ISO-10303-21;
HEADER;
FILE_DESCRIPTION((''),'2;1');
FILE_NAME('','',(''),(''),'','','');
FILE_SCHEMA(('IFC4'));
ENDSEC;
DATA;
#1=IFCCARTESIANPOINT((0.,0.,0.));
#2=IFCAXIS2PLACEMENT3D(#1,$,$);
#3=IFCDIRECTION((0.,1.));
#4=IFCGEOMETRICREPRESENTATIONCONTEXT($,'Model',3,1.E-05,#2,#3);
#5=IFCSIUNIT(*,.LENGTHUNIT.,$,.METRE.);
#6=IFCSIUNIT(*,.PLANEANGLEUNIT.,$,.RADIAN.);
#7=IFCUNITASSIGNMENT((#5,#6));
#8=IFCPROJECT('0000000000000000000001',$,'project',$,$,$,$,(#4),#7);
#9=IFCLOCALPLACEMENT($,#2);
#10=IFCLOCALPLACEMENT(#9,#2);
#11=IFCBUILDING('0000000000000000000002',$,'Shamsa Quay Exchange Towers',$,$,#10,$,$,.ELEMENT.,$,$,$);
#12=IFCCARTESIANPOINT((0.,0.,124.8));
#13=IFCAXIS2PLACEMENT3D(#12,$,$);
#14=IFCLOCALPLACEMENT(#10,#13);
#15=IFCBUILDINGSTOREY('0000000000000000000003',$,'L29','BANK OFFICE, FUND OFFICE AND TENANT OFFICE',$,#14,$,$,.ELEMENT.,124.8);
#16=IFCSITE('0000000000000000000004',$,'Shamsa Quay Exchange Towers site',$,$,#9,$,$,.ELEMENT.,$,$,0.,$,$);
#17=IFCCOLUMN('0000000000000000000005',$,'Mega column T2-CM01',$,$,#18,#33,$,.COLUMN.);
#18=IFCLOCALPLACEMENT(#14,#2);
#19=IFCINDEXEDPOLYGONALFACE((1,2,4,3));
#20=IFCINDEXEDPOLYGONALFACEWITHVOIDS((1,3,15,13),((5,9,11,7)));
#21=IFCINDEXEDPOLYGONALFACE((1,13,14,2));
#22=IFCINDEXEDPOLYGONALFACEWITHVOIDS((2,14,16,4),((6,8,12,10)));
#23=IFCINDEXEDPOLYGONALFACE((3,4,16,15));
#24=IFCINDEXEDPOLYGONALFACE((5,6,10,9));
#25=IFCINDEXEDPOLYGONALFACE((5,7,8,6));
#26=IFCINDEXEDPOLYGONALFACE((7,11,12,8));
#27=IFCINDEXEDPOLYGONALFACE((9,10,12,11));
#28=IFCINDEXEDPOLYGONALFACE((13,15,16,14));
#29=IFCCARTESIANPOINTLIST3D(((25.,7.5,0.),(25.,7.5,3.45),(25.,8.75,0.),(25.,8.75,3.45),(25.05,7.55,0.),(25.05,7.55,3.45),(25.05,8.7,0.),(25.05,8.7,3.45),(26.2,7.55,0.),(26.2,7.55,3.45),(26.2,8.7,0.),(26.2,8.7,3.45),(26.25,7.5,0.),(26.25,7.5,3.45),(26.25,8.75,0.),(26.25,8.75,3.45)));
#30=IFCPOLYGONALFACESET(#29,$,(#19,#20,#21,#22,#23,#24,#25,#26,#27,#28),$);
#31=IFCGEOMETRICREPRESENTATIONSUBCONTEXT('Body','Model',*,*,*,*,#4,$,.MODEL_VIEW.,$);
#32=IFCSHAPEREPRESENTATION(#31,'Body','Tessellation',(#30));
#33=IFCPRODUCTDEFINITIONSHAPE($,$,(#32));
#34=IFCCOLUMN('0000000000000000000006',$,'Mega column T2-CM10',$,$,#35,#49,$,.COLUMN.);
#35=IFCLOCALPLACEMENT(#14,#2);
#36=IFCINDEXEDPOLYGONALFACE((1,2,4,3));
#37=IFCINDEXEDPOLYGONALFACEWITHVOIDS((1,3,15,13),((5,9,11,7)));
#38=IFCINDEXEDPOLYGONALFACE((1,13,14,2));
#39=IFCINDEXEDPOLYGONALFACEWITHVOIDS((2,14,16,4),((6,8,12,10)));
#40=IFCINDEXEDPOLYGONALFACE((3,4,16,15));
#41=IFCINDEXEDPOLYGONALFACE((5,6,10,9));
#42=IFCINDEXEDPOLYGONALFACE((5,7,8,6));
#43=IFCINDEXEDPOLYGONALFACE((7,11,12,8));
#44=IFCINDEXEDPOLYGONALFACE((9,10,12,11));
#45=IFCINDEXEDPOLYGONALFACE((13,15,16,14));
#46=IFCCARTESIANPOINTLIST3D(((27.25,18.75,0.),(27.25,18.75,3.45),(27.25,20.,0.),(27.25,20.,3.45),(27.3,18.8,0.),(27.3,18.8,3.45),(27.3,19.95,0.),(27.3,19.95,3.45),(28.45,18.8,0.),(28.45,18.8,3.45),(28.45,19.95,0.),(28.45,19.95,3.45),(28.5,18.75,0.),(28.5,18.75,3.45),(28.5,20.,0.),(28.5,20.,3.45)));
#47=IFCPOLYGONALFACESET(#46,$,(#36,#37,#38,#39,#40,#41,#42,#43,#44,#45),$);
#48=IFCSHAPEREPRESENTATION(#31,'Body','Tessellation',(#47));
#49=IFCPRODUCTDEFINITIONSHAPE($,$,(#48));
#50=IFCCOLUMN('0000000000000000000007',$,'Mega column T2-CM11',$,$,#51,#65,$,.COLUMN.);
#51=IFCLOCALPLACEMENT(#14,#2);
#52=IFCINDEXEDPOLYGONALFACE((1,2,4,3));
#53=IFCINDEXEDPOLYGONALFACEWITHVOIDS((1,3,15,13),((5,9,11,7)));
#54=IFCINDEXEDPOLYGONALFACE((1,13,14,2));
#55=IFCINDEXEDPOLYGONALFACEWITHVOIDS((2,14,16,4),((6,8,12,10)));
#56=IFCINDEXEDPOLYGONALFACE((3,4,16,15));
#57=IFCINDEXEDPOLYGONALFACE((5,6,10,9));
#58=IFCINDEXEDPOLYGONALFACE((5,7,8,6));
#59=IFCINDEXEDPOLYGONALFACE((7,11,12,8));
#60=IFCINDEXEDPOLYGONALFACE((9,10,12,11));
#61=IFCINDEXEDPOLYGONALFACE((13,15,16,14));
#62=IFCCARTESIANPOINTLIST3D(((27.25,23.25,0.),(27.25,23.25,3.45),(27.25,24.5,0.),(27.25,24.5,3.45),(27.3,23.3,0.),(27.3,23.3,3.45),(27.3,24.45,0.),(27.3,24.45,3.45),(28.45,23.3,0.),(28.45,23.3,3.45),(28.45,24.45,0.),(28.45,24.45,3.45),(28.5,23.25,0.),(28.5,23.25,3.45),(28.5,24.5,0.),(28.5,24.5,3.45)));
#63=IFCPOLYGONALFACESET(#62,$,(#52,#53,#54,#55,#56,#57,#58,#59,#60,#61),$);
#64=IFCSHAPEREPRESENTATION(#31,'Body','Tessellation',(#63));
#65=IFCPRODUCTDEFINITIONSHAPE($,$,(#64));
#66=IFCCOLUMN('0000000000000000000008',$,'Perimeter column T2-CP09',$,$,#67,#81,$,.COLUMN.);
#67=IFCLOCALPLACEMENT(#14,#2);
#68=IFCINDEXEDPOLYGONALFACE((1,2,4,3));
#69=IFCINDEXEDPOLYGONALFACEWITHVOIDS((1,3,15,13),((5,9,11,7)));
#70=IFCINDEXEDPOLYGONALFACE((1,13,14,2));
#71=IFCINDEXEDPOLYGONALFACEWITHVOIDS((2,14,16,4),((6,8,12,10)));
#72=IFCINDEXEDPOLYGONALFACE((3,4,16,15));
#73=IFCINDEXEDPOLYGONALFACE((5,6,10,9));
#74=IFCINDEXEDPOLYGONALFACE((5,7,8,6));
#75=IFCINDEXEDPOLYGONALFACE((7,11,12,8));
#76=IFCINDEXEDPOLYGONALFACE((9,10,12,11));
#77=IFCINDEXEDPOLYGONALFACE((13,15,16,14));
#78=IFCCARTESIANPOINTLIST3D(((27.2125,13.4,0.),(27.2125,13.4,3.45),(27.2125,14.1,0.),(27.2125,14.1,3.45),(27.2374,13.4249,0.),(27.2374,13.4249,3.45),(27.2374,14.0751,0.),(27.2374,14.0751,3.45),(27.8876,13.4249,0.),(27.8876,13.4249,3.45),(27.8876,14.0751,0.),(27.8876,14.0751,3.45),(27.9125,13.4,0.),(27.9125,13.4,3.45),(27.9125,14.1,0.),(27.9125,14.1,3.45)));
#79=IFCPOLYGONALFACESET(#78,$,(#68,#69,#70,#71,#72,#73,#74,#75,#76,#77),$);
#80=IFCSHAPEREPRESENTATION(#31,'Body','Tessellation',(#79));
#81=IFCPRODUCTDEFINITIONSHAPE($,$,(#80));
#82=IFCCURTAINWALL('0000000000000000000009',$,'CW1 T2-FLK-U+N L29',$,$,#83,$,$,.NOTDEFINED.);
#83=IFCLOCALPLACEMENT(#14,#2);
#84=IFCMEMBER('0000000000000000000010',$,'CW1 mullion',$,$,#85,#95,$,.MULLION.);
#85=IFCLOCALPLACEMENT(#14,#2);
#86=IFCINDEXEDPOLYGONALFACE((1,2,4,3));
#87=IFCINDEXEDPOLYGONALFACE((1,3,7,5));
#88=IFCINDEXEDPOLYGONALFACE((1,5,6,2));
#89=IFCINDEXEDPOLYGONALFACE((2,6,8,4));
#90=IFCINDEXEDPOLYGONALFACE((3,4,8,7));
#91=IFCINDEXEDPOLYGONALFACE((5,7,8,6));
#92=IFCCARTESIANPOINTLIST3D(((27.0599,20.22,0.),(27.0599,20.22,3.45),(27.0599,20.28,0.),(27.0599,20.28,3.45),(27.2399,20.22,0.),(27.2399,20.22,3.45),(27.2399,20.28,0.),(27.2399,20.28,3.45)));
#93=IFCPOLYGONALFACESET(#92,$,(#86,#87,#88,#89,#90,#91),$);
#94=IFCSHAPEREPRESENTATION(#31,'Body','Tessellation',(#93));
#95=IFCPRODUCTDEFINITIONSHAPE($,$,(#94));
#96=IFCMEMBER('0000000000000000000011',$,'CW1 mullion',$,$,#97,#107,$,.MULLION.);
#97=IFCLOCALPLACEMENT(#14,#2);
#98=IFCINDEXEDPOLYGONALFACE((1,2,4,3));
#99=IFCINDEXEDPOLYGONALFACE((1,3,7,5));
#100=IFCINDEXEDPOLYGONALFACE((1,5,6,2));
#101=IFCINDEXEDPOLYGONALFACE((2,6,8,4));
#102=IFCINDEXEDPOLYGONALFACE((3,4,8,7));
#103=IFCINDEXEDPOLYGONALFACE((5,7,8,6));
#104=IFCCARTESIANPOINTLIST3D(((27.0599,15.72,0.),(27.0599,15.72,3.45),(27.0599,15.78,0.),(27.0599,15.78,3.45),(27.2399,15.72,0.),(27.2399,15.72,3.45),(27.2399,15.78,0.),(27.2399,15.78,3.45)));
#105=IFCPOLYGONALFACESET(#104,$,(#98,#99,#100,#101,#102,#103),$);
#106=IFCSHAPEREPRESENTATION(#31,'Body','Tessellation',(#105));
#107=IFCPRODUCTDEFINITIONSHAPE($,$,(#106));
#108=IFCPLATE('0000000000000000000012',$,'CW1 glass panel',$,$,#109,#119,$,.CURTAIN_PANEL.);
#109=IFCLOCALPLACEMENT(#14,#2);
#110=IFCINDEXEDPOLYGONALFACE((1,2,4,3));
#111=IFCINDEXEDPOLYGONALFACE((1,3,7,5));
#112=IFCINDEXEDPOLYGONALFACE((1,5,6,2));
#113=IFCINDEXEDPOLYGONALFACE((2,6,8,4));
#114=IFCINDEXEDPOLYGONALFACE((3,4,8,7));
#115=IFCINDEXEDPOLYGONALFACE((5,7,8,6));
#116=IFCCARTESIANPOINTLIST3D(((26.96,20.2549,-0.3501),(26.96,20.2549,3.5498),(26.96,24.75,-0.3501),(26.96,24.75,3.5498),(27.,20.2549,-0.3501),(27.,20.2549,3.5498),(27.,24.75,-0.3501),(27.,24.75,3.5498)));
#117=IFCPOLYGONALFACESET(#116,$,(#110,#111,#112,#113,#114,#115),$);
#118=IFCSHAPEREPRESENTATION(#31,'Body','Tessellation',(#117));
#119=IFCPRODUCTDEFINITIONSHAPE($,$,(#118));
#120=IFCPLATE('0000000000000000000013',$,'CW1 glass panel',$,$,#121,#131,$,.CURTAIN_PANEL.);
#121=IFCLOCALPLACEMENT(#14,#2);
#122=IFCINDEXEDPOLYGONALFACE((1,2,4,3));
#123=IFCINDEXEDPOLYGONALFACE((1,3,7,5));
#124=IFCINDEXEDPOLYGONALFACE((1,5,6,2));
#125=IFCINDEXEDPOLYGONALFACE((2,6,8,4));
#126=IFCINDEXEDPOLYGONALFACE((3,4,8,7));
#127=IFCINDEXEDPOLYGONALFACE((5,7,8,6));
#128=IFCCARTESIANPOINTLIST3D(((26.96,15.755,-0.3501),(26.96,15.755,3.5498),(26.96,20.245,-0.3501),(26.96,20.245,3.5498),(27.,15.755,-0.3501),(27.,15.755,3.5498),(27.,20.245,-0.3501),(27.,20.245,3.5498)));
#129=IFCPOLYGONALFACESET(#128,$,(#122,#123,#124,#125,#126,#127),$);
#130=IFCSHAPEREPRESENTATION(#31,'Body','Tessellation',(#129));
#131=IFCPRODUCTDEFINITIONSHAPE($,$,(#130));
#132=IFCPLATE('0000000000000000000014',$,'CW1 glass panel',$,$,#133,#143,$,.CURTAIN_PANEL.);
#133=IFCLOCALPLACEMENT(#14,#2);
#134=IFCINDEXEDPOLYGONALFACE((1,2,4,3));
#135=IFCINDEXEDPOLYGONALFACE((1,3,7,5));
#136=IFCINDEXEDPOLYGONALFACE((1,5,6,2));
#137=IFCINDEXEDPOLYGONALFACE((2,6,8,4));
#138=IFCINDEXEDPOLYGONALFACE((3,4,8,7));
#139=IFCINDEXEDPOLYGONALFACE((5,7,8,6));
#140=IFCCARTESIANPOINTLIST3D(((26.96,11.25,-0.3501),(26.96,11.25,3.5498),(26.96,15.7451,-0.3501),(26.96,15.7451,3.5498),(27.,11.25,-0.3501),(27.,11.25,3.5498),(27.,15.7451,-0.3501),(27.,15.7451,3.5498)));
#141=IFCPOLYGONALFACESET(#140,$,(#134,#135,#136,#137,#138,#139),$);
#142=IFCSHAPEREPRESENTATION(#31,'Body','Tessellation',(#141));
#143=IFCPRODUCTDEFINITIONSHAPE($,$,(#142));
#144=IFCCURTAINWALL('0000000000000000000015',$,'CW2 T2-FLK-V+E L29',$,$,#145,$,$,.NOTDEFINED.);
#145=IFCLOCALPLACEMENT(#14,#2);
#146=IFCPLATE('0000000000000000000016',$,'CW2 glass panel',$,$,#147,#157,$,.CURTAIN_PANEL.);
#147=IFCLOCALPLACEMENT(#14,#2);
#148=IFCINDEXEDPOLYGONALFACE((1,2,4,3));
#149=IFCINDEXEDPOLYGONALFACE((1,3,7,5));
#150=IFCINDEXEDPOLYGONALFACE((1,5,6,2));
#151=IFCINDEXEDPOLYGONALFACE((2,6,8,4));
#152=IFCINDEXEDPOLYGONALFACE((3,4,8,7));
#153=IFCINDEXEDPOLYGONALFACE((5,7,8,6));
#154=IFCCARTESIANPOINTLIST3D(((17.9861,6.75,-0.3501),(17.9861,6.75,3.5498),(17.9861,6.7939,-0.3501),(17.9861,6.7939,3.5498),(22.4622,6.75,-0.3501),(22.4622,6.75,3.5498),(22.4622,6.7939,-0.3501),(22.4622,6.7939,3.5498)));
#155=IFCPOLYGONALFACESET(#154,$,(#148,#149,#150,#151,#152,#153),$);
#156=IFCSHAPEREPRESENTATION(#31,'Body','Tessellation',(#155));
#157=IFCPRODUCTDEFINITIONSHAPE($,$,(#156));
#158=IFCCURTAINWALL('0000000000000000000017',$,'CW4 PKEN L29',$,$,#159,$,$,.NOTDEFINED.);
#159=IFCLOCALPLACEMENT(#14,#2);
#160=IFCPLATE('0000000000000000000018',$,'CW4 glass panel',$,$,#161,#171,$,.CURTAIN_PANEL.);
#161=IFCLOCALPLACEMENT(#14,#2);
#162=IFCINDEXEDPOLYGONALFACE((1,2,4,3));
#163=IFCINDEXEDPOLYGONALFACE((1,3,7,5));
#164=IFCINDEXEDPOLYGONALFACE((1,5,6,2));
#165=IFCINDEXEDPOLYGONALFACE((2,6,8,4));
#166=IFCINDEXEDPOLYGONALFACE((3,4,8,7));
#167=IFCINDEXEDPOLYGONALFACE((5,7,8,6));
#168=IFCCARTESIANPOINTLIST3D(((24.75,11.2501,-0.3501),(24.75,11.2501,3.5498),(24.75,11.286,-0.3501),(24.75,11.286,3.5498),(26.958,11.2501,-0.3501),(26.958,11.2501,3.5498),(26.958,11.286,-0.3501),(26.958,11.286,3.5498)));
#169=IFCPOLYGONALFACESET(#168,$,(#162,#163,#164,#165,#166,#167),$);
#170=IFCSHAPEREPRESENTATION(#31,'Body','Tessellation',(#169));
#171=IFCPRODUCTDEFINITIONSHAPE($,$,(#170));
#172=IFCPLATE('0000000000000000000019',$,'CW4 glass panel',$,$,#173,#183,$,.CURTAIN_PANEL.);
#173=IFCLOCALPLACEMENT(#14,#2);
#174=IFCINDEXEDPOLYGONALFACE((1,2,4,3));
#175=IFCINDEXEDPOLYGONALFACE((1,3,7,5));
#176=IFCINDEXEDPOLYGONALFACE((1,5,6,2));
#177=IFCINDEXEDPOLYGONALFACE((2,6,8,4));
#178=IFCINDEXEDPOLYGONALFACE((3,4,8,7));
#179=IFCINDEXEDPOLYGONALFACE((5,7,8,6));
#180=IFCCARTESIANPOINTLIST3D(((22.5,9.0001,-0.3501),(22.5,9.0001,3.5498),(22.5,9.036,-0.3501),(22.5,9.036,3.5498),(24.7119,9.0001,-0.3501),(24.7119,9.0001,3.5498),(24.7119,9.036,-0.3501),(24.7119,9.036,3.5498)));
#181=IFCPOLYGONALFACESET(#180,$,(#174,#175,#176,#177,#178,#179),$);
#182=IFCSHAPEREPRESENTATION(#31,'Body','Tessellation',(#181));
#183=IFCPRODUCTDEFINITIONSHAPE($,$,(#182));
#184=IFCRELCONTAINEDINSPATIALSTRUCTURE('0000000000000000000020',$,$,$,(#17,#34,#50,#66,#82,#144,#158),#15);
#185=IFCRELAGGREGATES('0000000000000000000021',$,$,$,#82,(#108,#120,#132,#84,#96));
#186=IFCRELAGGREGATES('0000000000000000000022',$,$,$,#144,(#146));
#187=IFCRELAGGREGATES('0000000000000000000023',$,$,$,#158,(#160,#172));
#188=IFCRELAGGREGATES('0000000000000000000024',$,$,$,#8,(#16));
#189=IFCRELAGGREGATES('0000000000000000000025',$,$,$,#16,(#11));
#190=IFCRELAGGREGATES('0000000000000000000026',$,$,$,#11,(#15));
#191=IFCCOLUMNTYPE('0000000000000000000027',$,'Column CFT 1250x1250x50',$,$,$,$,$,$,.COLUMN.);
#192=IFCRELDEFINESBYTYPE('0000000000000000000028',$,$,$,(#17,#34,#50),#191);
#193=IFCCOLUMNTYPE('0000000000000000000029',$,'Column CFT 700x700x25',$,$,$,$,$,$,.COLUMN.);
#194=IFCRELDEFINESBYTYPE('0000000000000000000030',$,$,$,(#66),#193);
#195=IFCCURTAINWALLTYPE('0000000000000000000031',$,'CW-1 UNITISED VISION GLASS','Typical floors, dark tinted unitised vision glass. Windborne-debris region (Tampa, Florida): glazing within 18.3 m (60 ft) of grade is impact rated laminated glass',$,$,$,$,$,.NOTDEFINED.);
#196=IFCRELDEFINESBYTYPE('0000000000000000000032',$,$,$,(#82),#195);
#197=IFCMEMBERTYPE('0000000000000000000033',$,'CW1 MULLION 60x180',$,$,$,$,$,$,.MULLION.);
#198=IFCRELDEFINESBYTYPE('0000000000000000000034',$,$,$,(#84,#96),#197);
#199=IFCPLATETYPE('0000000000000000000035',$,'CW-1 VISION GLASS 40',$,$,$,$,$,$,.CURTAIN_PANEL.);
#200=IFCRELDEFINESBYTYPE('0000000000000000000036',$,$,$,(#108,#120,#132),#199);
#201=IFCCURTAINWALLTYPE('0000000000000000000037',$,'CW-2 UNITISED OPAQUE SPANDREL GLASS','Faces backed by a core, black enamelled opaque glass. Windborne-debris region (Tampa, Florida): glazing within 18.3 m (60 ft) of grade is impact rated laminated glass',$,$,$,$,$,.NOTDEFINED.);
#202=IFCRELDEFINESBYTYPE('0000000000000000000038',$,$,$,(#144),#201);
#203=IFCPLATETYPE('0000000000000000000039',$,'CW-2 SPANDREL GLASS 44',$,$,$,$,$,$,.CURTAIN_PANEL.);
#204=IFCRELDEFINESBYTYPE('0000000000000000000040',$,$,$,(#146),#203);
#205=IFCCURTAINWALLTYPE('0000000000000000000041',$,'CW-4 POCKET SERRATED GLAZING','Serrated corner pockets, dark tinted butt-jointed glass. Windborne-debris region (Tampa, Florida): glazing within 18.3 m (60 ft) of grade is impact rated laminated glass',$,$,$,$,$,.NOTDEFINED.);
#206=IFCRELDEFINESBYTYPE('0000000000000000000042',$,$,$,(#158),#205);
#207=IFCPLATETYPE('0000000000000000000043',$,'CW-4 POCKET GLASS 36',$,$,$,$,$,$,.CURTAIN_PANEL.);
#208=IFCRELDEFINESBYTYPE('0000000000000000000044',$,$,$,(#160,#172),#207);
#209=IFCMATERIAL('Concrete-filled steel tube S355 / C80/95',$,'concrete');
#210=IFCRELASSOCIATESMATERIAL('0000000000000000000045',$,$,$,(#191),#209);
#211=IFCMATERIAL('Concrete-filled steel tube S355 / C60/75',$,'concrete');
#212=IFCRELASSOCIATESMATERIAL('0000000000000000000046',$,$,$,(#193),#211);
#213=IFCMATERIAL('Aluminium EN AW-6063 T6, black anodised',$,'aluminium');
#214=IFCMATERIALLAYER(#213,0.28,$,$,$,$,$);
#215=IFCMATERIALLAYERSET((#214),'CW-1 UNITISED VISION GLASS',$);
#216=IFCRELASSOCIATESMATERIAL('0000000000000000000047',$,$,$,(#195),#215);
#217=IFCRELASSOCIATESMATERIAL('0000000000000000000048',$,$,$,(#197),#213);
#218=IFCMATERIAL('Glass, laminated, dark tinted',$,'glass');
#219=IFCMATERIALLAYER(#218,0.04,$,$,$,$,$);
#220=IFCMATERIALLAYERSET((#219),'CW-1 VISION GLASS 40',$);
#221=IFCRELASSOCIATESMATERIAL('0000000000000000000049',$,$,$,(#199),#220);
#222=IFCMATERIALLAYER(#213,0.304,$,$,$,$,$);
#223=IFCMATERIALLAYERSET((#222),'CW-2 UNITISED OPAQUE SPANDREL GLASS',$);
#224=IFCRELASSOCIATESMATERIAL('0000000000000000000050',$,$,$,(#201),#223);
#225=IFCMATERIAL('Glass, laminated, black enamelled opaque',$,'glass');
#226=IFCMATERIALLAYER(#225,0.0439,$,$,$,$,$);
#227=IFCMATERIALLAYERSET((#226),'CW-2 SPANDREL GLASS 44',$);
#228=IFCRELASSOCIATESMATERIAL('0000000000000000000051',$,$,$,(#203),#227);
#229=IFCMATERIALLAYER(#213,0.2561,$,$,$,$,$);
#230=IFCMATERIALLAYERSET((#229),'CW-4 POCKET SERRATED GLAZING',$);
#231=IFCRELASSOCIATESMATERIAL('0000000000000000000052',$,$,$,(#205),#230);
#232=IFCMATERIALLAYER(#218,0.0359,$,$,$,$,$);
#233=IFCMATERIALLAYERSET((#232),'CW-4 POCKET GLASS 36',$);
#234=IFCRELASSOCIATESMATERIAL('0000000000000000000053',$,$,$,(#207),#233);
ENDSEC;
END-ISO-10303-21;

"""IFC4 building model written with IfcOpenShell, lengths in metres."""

from ifc_helpers import new_model, si_unit, direction, frame, origin, origin_2d, place, context, subcontext, project, spatial, rectangle, hollow_rectangle, extrude, material, layer, layer_set, material_profile, profile_set, type_object, element, aggregate, save


model = new_model("IFC4")

# Units and contexts
model_context = context("Model", 3, precision=1e-05, world=origin(), true_north=direction((0.0, 1.0)))
body_context = subcontext(model_context, "Body", "Model", "MODEL_VIEW")
ifc_project = project(units=[si_unit("LENGTHUNIT", "METRE"), si_unit("PLANEANGLEUNIT", "RADIAN")], contexts=[model_context])

# Site, building, storey
site_placement = place(None, origin())
site = spatial("IfcSite", under=ifc_project, at=site_placement, Name="Shamsa Quay Exchange Towers site", CompositionType="ELEMENT", RefElevation=0.0)
building_placement = place(site_placement, origin())
building = spatial("IfcBuilding", under=site, at=building_placement, Name="Shamsa Quay Exchange Towers", CompositionType="ELEMENT")
storey_placement = place(building_placement, frame((0.0, 0.0, 124.8)))
storey = spatial("IfcBuildingStorey", under=building, at=storey_placement, Name="L29", Description="BANK OFFICE, FUND OFFICE AND TENANT OFFICE", CompositionType="ELEMENT", Elevation=124.8)

# Columns
ifc_material_1 = material(Name="Concrete-filled steel tube S355 / C80/95", Category="concrete")
ifc_material_profile_1 = material_profile(ifc_material_1, hollow_rectangle(XDim=1.25, YDim=1.25, WallThickness=0.05, at=origin_2d()), Name="CFT 1250x1250x50")
ifc_profile_set_1 = profile_set([ifc_material_profile_1], Name="Concrete-filled steel tube S355 / C80/95")
column_type_1 = type_object("IfcColumnType", Name="Column CFT 1250x1250x50", PredefinedType="COLUMN", material=ifc_profile_set_1)
for number, where, name in (
    (1, (25.625, 8.125, 0.0), "Mega column T2-CM01"),
    (2, (27.875, 19.375, 0.0), "Mega column T2-CM10"),
    (3, (27.875, 23.875, 0.0), "Mega column T2-CM11"),
):
    element("IfcColumn", number, at=place(storey_placement, frame(where)), inside=storey, type_object=column_type_1, Name=name, PredefinedType="COLUMN", context=body_context, shape_type="SweptSolid", body=[
        extrude(hollow_rectangle(XDim=1.25, YDim=1.25, WallThickness=0.05, at=origin_2d()), origin(), (0.0, 0.0, 1.0), 3.45),
    ])
ifc_material_2 = material(Name="Concrete-filled steel tube S355 / C60/75", Category="concrete")
ifc_material_profile_2 = material_profile(ifc_material_2, hollow_rectangle(XDim=0.7, YDim=0.7, WallThickness=0.0249, at=origin_2d()), Name="CFT 700x700x25")
ifc_profile_set_2 = profile_set([ifc_material_profile_2], Name="Concrete-filled steel tube S355 / C60/75")
column_type_2 = type_object("IfcColumnType", Name="Column CFT 700x700x25", PredefinedType="COLUMN", material=ifc_profile_set_2)
column_placement = place(storey_placement, frame((27.5625, 13.75, 0.0)))
element("IfcColumn", 4, at=column_placement, inside=storey, type_object=column_type_2, Name="Perimeter column T2-CP09", PredefinedType="COLUMN", context=body_context, shape_type="SweptSolid", body=[
    extrude(hollow_rectangle(XDim=0.7, YDim=0.7, WallThickness=0.0249, at=origin_2d()), origin(), (0.0, 0.0, 1.0), 3.45),
])

# Curtain wall, members, plates
ifc_material_3 = material(Name="Aluminium EN AW-6063 T6, black anodised", Category="aluminium")
ifc_layer_1 = layer(ifc_material_3, 0.28)
ifc_layer_set_1 = layer_set([ifc_layer_1], Name="CW-1 UNITISED VISION GLASS")
curtain_wall_type_1 = type_object("IfcCurtainWallType", Name="CW-1 UNITISED VISION GLASS", Description="Typical floors, dark tinted unitised vision glass. Windborne-debris region (Tampa, Florida): glazing within 18.3 m (60 ft) of grade is impact rated laminated glass", PredefinedType="NOTDEFINED", material=ifc_layer_set_1)
curtain_wall_1_placement = place(storey_placement, origin())
curtain_wall_1 = element("IfcCurtainWall", 5, at=curtain_wall_1_placement, inside=storey, type_object=curtain_wall_type_1, Name="CW1 T2-FLK-U+N L29", PredefinedType="NOTDEFINED")
ifc_material_profile_3 = material_profile(ifc_material_3, rectangle(XDim=0.1799, YDim=0.0601, at=origin_2d()), Name="MU60x180")
ifc_profile_set_3 = profile_set([ifc_material_profile_3], Name="Aluminium EN AW-6063 T6, black anodised")
member_type = type_object("IfcMemberType", Name="CW1 MULLION 60x180", PredefinedType="MULLION", material=ifc_profile_set_3)
member_1_placement = place(storey_placement, frame((27.1499, 20.25, 0.0)))
member_1 = element("IfcMember", 6, at=member_1_placement, type_object=member_type, Name="CW1 mullion", PredefinedType="MULLION", context=body_context, shape_type="SweptSolid", body=[
    extrude(rectangle(XDim=0.1799, YDim=0.0601, at=origin_2d()), origin(), (0.0, 0.0, 1.0), 3.45),
])
member_2_placement = place(storey_placement, frame((27.1499, 15.75, 0.0)))
member_2 = element("IfcMember", 7, at=member_2_placement, type_object=member_type, Name="CW1 mullion", PredefinedType="MULLION", context=body_context, shape_type="SweptSolid", body=[
    extrude(rectangle(XDim=0.1799, YDim=0.0601, at=origin_2d()), origin(), (0.0, 0.0, 1.0), 3.45),
])
ifc_material_4 = material(Name="Glass, laminated, dark tinted", Category="glass")
ifc_layer_2 = layer(ifc_material_4, 0.04)
ifc_layer_set_2 = layer_set([ifc_layer_2], Name="CW-1 VISION GLASS 40")
plate_type_1 = type_object("IfcPlateType", Name="CW-1 VISION GLASS 40", PredefinedType="CURTAIN_PANEL", material=ifc_layer_set_2)
plate_1_placement = place(storey_placement, frame((26.98, 22.5024, -0.3501), z_axis=(0.0, 0.0, 1.0), x_axis=(0.0, -1.0, 0.0)))
plate_1 = element("IfcPlate", 8, at=plate_1_placement, type_object=plate_type_1, Name="CW1 glass panel", PredefinedType="CURTAIN_PANEL", context=body_context, shape_type="SweptSolid", body=[
    extrude(rectangle(XDim=4.4951, YDim=0.04, at=origin_2d()), origin(), (0.0, 0.0, 1.0), 3.8999),
])
plate_2_placement = place(storey_placement, frame((26.98, 18.0, -0.3501), z_axis=(0.0, 0.0, 1.0), x_axis=(0.0, -1.0, 0.0)))
plate_2 = element("IfcPlate", 9, at=plate_2_placement, type_object=plate_type_1, Name="CW1 glass panel", PredefinedType="CURTAIN_PANEL", context=body_context, shape_type="SweptSolid", body=[
    extrude(rectangle(XDim=4.49, YDim=0.04, at=origin_2d()), origin(), (0.0, 0.0, 1.0), 3.8999),
])
plate_3_placement = place(storey_placement, frame((26.98, 13.4976, -0.3501), z_axis=(0.0, 0.0, 1.0), x_axis=(0.0, -1.0, 0.0)))
plate_3 = element("IfcPlate", 10, at=plate_3_placement, type_object=plate_type_1, Name="CW1 glass panel", PredefinedType="CURTAIN_PANEL", context=body_context, shape_type="SweptSolid", body=[
    extrude(rectangle(XDim=4.4951, YDim=0.04, at=origin_2d()), origin(), (0.0, 0.0, 1.0), 3.8999),
])
aggregate(curtain_wall_1, [plate_1, plate_2, plate_3, member_1, member_2])

# Curtain wall, plate
ifc_layer_3 = layer(ifc_material_3, 0.304)
ifc_layer_set_3 = layer_set([ifc_layer_3], Name="CW-2 UNITISED OPAQUE SPANDREL GLASS")
curtain_wall_type_2 = type_object("IfcCurtainWallType", Name="CW-2 UNITISED OPAQUE SPANDREL GLASS", Description="Faces backed by a core, black enamelled opaque glass. Windborne-debris region (Tampa, Florida): glazing within 18.3 m (60 ft) of grade is impact rated laminated glass", PredefinedType="NOTDEFINED", material=ifc_layer_set_3)
curtain_wall_2_placement = place(storey_placement, origin())
curtain_wall_2 = element("IfcCurtainWall", 11, at=curtain_wall_2_placement, inside=storey, type_object=curtain_wall_type_2, Name="CW2 T2-FLK-V+E L29", PredefinedType="NOTDEFINED")
ifc_material_5 = material(Name="Glass, laminated, black enamelled opaque", Category="glass")
ifc_layer_4 = layer(ifc_material_5, 0.0439)
ifc_layer_set_4 = layer_set([ifc_layer_4], Name="CW-2 SPANDREL GLASS 44")
plate_type_2 = type_object("IfcPlateType", Name="CW-2 SPANDREL GLASS 44", PredefinedType="CURTAIN_PANEL", material=ifc_layer_set_4)
plate_4_placement = place(storey_placement, frame((20.2241, 6.772, -0.3501), z_axis=(0.0, 0.0, 1.0), x_axis=(-1.0, 0.0, 0.0)))
plate_4 = element("IfcPlate", 12, at=plate_4_placement, type_object=plate_type_2, Name="CW2 glass panel", PredefinedType="CURTAIN_PANEL", context=body_context, shape_type="SweptSolid", body=[
    extrude(rectangle(XDim=4.4761, YDim=0.0439, at=origin_2d()), origin(), (0.0, 0.0, 1.0), 3.8999),
])
aggregate(curtain_wall_2, [plate_4])

# Curtain wall, plates
ifc_layer_5 = layer(ifc_material_3, 0.2561)
ifc_layer_set_5 = layer_set([ifc_layer_5], Name="CW-4 POCKET SERRATED GLAZING")
curtain_wall_type_3 = type_object("IfcCurtainWallType", Name="CW-4 POCKET SERRATED GLAZING", Description="Serrated corner pockets, dark tinted butt-jointed glass. Windborne-debris region (Tampa, Florida): glazing within 18.3 m (60 ft) of grade is impact rated laminated glass", PredefinedType="NOTDEFINED", material=ifc_layer_set_5)
curtain_wall_3_placement = place(storey_placement, origin())
curtain_wall_3 = element("IfcCurtainWall", 13, at=curtain_wall_3_placement, inside=storey, type_object=curtain_wall_type_3, Name="CW4 PKEN L29", PredefinedType="NOTDEFINED")
ifc_layer_6 = layer(ifc_material_4, 0.0359)
ifc_layer_set_6 = layer_set([ifc_layer_6], Name="CW-4 POCKET GLASS 36")
plate_type_3 = type_object("IfcPlateType", Name="CW-4 POCKET GLASS 36", PredefinedType="CURTAIN_PANEL", material=ifc_layer_set_6)
plate_5_placement = place(storey_placement, frame((25.854, 11.2681, -0.3501), z_axis=(0.0, 0.0, 1.0), x_axis=(-1.0, 0.0, 0.0)))
plate_5 = element("IfcPlate", 14, at=plate_5_placement, type_object=plate_type_3, Name="CW4 glass panel", PredefinedType="CURTAIN_PANEL", context=body_context, shape_type="SweptSolid", body=[
    extrude(rectangle(XDim=2.208, YDim=0.0359, at=origin_2d()), origin(), (0.0, 0.0, 1.0), 3.8999),
])
plate_6_placement = place(storey_placement, frame((23.606, 9.0181, -0.3501), z_axis=(0.0, 0.0, 1.0), x_axis=(-1.0, 0.0, 0.0)))
plate_6 = element("IfcPlate", 15, at=plate_6_placement, type_object=plate_type_3, Name="CW4 glass panel", PredefinedType="CURTAIN_PANEL", context=body_context, shape_type="SweptSolid", body=[
    extrude(rectangle(XDim=2.2119, YDim=0.0359, at=origin_2d()), origin(), (0.0, 0.0, 1.0), 3.8999),
])
aggregate(curtain_wall_3, [plate_5, plate_6])

save(model, "model.ifc")
